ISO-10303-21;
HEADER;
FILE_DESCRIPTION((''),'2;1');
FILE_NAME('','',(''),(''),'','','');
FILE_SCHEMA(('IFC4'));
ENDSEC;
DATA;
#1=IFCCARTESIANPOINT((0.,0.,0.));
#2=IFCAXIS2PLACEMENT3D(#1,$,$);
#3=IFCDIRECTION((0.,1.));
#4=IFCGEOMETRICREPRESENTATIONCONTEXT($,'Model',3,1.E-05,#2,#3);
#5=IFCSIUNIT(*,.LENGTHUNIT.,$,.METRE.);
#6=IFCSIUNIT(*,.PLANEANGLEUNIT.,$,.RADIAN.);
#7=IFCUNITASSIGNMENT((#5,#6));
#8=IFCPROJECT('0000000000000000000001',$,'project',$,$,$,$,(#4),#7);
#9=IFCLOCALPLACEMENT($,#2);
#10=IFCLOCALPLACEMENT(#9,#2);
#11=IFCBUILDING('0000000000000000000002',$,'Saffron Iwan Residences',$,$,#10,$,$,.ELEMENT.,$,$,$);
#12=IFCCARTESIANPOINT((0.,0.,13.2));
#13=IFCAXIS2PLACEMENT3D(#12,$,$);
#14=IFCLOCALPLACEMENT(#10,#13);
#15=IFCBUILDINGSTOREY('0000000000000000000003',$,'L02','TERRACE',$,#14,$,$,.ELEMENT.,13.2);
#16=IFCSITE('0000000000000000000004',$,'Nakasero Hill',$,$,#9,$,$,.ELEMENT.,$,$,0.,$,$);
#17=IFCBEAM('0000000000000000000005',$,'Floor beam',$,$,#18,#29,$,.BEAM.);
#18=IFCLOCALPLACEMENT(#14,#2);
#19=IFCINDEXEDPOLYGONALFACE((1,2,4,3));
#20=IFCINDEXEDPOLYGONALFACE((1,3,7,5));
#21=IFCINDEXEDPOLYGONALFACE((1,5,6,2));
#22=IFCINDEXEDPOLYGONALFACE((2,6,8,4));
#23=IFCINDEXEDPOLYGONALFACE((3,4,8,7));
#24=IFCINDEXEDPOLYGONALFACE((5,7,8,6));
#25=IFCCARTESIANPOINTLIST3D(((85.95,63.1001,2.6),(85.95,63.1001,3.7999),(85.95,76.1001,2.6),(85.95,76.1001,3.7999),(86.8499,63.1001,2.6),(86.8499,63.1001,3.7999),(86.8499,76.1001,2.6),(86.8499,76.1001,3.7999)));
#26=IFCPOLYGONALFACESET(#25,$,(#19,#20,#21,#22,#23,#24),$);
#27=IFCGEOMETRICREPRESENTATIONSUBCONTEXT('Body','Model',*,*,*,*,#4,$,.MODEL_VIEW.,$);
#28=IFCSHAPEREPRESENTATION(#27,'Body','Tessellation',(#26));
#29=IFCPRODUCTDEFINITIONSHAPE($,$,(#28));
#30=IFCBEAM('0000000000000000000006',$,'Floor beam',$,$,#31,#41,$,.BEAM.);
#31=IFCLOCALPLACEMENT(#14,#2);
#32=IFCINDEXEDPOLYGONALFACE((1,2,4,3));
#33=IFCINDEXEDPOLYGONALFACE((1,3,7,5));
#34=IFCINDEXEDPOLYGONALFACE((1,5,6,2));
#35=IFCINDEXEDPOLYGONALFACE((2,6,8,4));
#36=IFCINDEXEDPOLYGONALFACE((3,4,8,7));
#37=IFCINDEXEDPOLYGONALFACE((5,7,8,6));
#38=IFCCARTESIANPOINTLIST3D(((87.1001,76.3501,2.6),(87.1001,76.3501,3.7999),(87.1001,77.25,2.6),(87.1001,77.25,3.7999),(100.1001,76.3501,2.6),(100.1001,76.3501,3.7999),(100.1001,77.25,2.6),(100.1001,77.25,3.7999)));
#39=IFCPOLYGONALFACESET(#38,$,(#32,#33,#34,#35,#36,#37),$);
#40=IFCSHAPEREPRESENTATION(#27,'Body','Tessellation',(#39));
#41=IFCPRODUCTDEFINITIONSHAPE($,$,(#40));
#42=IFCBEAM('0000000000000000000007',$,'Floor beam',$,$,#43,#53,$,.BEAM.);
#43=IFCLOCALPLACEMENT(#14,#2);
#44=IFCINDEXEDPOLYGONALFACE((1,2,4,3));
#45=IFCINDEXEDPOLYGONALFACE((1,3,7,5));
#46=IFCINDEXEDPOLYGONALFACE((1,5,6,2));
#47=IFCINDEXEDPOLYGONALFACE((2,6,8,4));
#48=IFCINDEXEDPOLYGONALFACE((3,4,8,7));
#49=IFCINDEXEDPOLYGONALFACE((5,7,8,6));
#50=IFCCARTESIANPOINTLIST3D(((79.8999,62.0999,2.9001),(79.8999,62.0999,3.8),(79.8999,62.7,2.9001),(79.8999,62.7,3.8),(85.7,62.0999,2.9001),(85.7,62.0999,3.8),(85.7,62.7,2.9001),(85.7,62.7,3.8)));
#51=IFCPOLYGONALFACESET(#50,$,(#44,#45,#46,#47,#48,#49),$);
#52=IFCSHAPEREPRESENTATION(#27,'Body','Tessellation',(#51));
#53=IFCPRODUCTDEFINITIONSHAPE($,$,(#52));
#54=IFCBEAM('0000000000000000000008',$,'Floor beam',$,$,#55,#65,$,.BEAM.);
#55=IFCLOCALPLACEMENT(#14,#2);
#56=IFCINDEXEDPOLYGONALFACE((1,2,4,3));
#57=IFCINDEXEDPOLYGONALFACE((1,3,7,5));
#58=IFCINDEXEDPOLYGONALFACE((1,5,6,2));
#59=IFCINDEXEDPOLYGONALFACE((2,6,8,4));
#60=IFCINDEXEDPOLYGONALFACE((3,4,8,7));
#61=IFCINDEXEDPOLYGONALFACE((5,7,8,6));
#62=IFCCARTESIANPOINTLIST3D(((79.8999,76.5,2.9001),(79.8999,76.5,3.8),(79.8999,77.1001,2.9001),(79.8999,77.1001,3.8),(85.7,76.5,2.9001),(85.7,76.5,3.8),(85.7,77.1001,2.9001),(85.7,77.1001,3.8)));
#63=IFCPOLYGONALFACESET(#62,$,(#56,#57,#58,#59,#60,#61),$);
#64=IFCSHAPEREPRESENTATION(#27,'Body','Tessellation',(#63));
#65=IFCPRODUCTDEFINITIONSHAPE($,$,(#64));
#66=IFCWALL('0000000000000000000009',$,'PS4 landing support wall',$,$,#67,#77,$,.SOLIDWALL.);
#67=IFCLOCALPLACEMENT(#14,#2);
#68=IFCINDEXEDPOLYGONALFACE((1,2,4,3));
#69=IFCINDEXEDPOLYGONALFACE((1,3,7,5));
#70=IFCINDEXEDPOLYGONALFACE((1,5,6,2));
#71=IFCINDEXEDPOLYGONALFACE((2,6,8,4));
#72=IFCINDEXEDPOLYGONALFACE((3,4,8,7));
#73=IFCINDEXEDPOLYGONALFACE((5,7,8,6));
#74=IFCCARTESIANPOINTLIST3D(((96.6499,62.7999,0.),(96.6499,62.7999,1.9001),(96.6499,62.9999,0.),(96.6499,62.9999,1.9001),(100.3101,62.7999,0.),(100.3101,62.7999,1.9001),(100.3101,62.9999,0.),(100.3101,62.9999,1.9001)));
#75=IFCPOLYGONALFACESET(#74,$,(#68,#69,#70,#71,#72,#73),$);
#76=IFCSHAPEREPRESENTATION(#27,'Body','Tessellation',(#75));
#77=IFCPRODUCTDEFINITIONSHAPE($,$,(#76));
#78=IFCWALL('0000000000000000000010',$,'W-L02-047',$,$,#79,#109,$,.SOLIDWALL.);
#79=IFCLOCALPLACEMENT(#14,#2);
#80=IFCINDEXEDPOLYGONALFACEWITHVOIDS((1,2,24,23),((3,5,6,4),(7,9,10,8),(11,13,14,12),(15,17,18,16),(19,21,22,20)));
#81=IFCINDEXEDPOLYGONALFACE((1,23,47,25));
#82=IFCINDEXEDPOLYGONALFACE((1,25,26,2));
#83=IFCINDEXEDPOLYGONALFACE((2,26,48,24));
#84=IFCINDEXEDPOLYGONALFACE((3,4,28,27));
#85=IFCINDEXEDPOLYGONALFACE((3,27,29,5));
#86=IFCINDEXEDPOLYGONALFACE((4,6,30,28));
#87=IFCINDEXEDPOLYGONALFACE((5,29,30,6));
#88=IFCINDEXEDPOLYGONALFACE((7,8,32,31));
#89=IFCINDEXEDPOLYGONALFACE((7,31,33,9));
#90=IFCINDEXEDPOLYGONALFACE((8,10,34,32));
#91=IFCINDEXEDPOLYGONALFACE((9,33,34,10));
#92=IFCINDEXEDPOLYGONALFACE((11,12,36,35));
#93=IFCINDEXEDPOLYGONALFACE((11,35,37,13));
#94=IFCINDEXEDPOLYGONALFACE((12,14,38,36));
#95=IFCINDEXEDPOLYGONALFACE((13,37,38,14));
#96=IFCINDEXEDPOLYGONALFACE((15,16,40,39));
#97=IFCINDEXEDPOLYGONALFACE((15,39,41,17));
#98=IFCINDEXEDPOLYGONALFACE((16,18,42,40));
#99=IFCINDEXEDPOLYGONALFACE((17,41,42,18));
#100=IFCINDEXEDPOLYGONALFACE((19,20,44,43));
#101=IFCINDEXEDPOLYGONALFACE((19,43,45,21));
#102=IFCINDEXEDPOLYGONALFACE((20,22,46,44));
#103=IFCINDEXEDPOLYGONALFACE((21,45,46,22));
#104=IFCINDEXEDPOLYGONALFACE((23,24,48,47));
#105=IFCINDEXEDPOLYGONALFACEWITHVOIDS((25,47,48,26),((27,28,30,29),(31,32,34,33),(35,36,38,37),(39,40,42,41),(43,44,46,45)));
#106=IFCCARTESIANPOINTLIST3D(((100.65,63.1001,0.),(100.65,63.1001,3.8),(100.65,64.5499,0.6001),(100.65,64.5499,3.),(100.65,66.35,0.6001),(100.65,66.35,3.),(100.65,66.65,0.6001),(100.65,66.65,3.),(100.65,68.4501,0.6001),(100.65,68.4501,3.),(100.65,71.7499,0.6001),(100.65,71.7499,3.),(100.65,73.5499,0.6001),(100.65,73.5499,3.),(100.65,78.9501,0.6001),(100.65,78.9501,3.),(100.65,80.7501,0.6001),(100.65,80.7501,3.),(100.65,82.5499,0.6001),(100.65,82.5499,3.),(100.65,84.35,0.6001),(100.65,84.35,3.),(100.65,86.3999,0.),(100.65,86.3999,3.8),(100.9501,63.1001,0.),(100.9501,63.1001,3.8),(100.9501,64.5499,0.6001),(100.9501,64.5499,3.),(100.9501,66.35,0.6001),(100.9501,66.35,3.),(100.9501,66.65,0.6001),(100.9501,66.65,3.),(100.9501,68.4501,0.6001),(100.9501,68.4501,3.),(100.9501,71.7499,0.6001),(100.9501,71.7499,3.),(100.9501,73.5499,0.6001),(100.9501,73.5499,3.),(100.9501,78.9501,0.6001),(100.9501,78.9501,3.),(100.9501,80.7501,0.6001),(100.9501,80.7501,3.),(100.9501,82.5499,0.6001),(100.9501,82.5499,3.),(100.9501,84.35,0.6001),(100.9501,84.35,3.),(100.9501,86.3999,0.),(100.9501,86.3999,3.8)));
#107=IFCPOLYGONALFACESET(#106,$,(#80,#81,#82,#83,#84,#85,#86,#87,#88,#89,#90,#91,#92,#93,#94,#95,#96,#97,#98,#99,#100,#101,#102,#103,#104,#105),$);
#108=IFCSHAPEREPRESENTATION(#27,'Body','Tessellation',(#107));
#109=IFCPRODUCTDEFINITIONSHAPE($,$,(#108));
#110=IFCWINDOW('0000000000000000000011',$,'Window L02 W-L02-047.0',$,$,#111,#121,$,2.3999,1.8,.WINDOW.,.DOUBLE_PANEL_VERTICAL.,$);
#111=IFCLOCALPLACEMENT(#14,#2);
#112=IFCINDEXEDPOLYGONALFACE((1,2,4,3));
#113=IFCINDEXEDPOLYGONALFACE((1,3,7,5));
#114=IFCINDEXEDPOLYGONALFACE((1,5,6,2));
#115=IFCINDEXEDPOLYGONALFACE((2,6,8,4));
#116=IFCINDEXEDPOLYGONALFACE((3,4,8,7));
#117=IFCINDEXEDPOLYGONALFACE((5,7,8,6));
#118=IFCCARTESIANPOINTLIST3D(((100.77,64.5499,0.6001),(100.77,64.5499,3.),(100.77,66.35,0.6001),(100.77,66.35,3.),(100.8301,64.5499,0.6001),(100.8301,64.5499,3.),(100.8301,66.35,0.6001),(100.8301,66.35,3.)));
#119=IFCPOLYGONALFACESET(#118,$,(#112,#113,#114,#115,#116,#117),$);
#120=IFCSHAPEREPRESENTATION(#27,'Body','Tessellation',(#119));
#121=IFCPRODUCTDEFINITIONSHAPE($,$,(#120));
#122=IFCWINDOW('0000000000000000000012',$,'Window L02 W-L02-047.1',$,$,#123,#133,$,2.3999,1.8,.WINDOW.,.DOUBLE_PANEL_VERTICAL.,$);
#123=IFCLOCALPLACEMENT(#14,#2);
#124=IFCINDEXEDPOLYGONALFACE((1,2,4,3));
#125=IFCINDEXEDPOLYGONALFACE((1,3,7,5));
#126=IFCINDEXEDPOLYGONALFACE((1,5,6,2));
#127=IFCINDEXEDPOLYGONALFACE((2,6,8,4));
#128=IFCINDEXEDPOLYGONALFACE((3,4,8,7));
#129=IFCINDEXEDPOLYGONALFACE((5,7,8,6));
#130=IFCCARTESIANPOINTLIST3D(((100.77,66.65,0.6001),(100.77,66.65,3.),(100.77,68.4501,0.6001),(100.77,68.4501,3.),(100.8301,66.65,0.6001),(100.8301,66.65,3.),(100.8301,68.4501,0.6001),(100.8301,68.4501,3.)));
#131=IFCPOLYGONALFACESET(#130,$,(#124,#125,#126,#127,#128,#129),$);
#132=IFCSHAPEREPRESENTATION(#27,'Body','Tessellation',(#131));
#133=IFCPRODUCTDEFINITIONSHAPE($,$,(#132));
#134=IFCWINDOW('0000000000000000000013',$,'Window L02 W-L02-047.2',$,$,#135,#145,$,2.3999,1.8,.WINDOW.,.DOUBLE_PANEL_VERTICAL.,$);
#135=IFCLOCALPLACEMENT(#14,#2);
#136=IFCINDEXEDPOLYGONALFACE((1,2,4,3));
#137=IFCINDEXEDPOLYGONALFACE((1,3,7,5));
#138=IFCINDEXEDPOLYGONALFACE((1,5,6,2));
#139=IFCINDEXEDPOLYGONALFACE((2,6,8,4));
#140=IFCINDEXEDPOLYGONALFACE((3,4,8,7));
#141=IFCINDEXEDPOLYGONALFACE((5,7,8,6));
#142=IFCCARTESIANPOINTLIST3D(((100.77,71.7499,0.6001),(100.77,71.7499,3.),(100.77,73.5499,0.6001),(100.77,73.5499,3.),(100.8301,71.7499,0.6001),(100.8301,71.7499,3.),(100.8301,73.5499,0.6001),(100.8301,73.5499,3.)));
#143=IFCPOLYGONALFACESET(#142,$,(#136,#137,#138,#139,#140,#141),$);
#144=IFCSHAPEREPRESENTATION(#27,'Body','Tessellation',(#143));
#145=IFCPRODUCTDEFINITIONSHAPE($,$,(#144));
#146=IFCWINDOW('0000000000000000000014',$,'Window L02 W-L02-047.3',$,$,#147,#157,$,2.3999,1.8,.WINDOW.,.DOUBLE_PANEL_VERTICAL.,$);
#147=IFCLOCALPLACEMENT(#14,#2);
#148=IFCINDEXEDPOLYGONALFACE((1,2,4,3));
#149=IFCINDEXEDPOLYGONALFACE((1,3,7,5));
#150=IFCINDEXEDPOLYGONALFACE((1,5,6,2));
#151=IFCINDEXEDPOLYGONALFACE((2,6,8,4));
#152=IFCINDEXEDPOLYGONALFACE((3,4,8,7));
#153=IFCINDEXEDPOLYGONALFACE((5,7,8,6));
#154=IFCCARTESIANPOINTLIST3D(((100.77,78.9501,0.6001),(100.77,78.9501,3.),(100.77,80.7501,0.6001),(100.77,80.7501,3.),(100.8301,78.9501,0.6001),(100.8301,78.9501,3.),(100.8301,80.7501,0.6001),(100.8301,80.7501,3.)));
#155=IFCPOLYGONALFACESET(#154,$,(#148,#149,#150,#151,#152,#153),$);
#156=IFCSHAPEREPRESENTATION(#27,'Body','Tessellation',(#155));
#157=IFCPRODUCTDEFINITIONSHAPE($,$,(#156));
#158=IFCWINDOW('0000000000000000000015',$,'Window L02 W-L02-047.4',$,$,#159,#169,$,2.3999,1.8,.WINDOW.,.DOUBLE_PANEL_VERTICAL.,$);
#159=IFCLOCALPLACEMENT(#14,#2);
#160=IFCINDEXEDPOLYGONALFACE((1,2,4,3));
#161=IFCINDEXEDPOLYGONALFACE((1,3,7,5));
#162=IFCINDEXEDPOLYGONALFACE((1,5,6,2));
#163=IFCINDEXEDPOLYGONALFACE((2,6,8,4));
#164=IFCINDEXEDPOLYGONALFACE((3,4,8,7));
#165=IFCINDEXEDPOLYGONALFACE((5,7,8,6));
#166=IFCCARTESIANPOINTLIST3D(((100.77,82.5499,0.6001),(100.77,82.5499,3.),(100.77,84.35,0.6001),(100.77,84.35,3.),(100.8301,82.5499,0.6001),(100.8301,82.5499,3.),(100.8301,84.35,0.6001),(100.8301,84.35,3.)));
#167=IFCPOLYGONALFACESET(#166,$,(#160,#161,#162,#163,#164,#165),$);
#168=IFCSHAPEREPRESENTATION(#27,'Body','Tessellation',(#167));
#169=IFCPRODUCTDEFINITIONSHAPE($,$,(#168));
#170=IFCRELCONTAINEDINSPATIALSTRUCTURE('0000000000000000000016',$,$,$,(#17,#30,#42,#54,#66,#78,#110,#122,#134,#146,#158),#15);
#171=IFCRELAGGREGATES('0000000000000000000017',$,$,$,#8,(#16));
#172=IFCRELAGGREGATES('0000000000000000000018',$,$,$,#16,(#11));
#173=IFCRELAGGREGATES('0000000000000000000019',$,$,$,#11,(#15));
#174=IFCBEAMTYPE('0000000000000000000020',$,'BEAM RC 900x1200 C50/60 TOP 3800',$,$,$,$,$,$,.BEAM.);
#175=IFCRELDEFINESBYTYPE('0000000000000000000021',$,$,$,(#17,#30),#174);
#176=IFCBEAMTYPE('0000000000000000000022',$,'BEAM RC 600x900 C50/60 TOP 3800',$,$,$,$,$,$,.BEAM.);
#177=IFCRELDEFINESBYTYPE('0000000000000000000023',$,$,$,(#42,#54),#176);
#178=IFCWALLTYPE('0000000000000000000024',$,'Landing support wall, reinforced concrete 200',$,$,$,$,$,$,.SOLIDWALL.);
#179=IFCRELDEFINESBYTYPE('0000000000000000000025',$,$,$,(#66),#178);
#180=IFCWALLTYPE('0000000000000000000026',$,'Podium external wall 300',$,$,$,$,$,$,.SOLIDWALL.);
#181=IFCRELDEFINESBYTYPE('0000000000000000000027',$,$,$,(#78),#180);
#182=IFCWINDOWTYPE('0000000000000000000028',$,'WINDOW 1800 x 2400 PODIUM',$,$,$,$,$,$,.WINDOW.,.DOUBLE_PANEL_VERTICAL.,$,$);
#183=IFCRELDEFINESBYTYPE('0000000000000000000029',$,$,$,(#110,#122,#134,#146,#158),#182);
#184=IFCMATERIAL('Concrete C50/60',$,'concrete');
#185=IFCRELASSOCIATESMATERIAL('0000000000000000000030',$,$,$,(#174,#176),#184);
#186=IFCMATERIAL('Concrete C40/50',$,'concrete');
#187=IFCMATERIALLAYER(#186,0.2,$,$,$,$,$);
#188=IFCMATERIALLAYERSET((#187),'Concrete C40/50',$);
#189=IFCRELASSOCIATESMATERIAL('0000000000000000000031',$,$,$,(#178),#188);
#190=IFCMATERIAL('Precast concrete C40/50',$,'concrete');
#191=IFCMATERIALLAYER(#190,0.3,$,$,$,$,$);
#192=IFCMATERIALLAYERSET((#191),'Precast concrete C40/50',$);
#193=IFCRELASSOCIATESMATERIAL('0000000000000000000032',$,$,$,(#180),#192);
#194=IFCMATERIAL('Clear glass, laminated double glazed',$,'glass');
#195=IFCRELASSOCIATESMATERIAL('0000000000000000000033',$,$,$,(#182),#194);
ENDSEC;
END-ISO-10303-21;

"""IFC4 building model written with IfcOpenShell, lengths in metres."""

from ifc_helpers import new_model, si_unit, direction, frame, frame_2d, origin, origin_2d, place, context, subcontext, project, spatial, rectangle, extrude, source, transform, mapped, material, layer, layer_set, material_profile, profile_set, type_object, element, fill, save


model = new_model("IFC4")

# Units and contexts
model_context = context("Model", 3, precision=1e-05, world=origin(), true_north=direction((0.0, 1.0)))
body_context = subcontext(model_context, "Body", "Model", "MODEL_VIEW")
ifc_project = project(units=[si_unit("LENGTHUNIT", "METRE"), si_unit("PLANEANGLEUNIT", "RADIAN")], contexts=[model_context])

# Site, building, storey
site_placement = place(None, origin())
site = spatial("IfcSite", under=ifc_project, at=site_placement, Name="Nakasero Hill", CompositionType="ELEMENT", RefElevation=0.0)
building_placement = place(site_placement, origin())
building = spatial("IfcBuilding", under=site, at=building_placement, Name="Saffron Iwan Residences", CompositionType="ELEMENT")
storey_placement = place(building_placement, frame((0.0, 0.0, 13.2)))
storey = spatial("IfcBuildingStorey", under=building, at=storey_placement, Name="L02", Description="TERRACE", CompositionType="ELEMENT", Elevation=13.2)

# Shared definitions
ifc_material_1 = material(Name="Concrete C50/60", Category="concrete")

# Beams
ifc_material_profile_1 = material_profile(ifc_material_1, rectangle(XDim=0.8999, YDim=1.2, at=origin_2d()), Name="RC 900x1200")
ifc_profile_set_1 = profile_set([ifc_material_profile_1], Name="Concrete C50/60")
beam_type_1 = type_object("IfcBeamType", Name="BEAM RC 900x1200 C50/60 TOP 3800", PredefinedType="BEAM", material=ifc_profile_set_1)
shared_shape_1 = source(origin(), body_context, "Body", "SweptSolid", [
    extrude(rectangle(XDim=0.8999, YDim=1.2, at=origin_2d()), origin(), (0.0, 0.0, 1.0), 13.0),
])
for number, where, z_axis, x_axis, name in (
    (1, (86.3999, 63.1001, 3.2), (0.0, 1.0, 0.0), (-1.0, 0.0, 0.0), "Floor beam"),
    (2, (87.1001, 76.8, 3.2), (1.0, 0.0, 0.0), (0.0, 1.0, 0.0), "Floor beam"),
):
    element("IfcBeam", number, at=place(storey_placement, frame(where, z_axis=z_axis, x_axis=x_axis)), inside=storey, type_object=beam_type_1, Name=name, PredefinedType="BEAM", context=body_context, shape_type="MappedRepresentation", body=[
        mapped(shared_shape_1, transform((0.0, 0.0, 0.0))),
    ])
ifc_material_profile_2 = material_profile(ifc_material_1, rectangle(XDim=0.6001, YDim=0.8999, at=origin_2d()), Name="RC 600x900")
ifc_profile_set_2 = profile_set([ifc_material_profile_2], Name="Concrete C50/60")
beam_type_2 = type_object("IfcBeamType", Name="BEAM RC 600x900 C50/60 TOP 3800", PredefinedType="BEAM", material=ifc_profile_set_2)
shared_shape_2 = source(origin(), body_context, "Body", "SweptSolid", [
    extrude(rectangle(XDim=0.6001, YDim=0.8999, at=origin_2d()), origin(), (0.0, 0.0, 1.0), 5.8),
])
for number, where, z_axis, x_axis, name in (
    (3, (79.8999, 62.3999, 3.3501), (1.0, 0.0, 0.0), (0.0, 1.0, 0.0), "Floor beam"),
    (4, (79.8999, 76.8, 3.3501), (1.0, 0.0, 0.0), (0.0, 1.0, 0.0), "Floor beam"),
):
    element("IfcBeam", number, at=place(storey_placement, frame(where, z_axis=z_axis, x_axis=x_axis)), inside=storey, type_object=beam_type_2, Name=name, PredefinedType="BEAM", context=body_context, shape_type="MappedRepresentation", body=[
        mapped(shared_shape_2, transform((0.0, 0.0, 0.0))),
    ])

# Wall
ifc_material_2 = material(Name="Concrete C40/50", Category="concrete")
ifc_layer_1 = layer(ifc_material_2, 0.2)
ifc_layer_set_1 = layer_set([ifc_layer_1], Name="Concrete C40/50")
wall_type_1 = type_object("IfcWallType", Name="Landing support wall, reinforced concrete 200", PredefinedType="SOLIDWALL", material=ifc_layer_set_1)
wall_1_placement = place(storey_placement, frame((96.6499, 62.8999, 0.0), z_axis=(0.0, 0.0, 1.0), x_axis=(1.0, 0.0, 0.0)))
element("IfcWall", 5, at=wall_1_placement, inside=storey, type_object=wall_type_1, Name="PS4 landing support wall", PredefinedType="SOLIDWALL", context=body_context, shape_type="SweptSolid", body=[
    extrude(rectangle(XDim=3.6602, YDim=0.2, at=frame_2d((1.8301, 0.0))), origin(), (0.0, 0.0, 1.0), 1.9001),
])

# Wall, openings, windows
ifc_material_3 = material(Name="Precast concrete C40/50", Category="concrete")
ifc_layer_2 = layer(ifc_material_3, 0.3)
ifc_layer_set_2 = layer_set([ifc_layer_2], Name="Precast concrete C40/50")
wall_type_2 = type_object("IfcWallType", Name="Podium external wall 300", PredefinedType="SOLIDWALL", material=ifc_layer_set_2)
wall_2_placement = place(storey_placement, frame((100.8, 63.1001, 0.0), z_axis=(0.0, 0.0, 1.0), x_axis=(0.0, 1.0, 0.0)))
wall_2 = element("IfcWall", 6, at=wall_2_placement, inside=storey, type_object=wall_type_2, Name="W-L02-047", PredefinedType="SOLIDWALL", context=body_context, shape_type="SweptSolid", body=[
    extrude(rectangle(XDim=23.2998, YDim=0.3, at=frame_2d((11.6499, 0.0))), origin(), (0.0, 0.0, 1.0), 3.8),
])
opening_1_placement = place(wall_2_placement, frame((1.45, 0.0, 0.6001)))
opening_1 = element("IfcOpeningElement", 7, at=opening_1_placement, cuts=wall_2, PredefinedType="OPENING", context=body_context, shape_type="SweptSolid", body=[
    extrude(rectangle(XDim=1.8, YDim=2.3999, at=frame_2d((0.8999, 1.2))), frame((0.0, 0.1602, 0.0), z_axis=(0.0, -1.0, 0.0), x_axis=(1.0, 0.0, 0.0)), (0.0, 0.0, 1.0), 0.3201),
])
opening_2_placement = place(wall_2_placement, frame((3.55, 0.0, 0.6001)))
opening_2 = element("IfcOpeningElement", 8, at=opening_2_placement, cuts=wall_2, PredefinedType="OPENING", context=body_context, shape_type="SweptSolid", body=[
    extrude(rectangle(XDim=1.8, YDim=2.3999, at=frame_2d((0.8999, 1.2))), frame((0.0, 0.1602, 0.0), z_axis=(0.0, -1.0, 0.0), x_axis=(1.0, 0.0, 0.0)), (0.0, 0.0, 1.0), 0.3201),
])
opening_3_placement = place(wall_2_placement, frame((8.6499, 0.0, 0.6001)))
opening_3 = element("IfcOpeningElement", 9, at=opening_3_placement, cuts=wall_2, PredefinedType="OPENING", context=body_context, shape_type="SweptSolid", body=[
    extrude(rectangle(XDim=1.8, YDim=2.3999, at=frame_2d((0.8999, 1.2))), frame((0.0, 0.1602, 0.0), z_axis=(0.0, -1.0, 0.0), x_axis=(1.0, 0.0, 0.0)), (0.0, 0.0, 1.0), 0.3201),
])
opening_4_placement = place(wall_2_placement, frame((15.8501, 0.0, 0.6001)))
opening_4 = element("IfcOpeningElement", 10, at=opening_4_placement, cuts=wall_2, PredefinedType="OPENING", context=body_context, shape_type="SweptSolid", body=[
    extrude(rectangle(XDim=1.8, YDim=2.3999, at=frame_2d((0.8999, 1.2))), frame((0.0, 0.1602, 0.0), z_axis=(0.0, -1.0, 0.0), x_axis=(1.0, 0.0, 0.0)), (0.0, 0.0, 1.0), 0.3201),
])
opening_5_placement = place(wall_2_placement, frame((19.45, 0.0, 0.6001)))
opening_5 = element("IfcOpeningElement", 11, at=opening_5_placement, cuts=wall_2, PredefinedType="OPENING", context=body_context, shape_type="SweptSolid", body=[
    extrude(rectangle(XDim=1.8, YDim=2.3999, at=frame_2d((0.8999, 1.2))), frame((0.0, 0.1602, 0.0), z_axis=(0.0, -1.0, 0.0), x_axis=(1.0, 0.0, 0.0)), (0.0, 0.0, 1.0), 0.3201),
])
ifc_material_4 = material(Name="Clear glass, laminated double glazed", Category="glass")
window_type = type_object("IfcWindowType", Name="WINDOW 1800 x 2400 PODIUM", PartitioningType="DOUBLE_PANEL_VERTICAL", PredefinedType="WINDOW", material=ifc_material_4)
window_1_placement = place(opening_1_placement, origin())
window_1 = element("IfcWindow", 12, at=window_1_placement, inside=storey, type_object=window_type, Name="Window L02 W-L02-047.0", OverallHeight=2.3999, OverallWidth=1.8, PartitioningType="DOUBLE_PANEL_VERTICAL", PredefinedType="WINDOW", context=body_context, shape_type="SweptSolid", body=[
    extrude(rectangle(XDim=1.8, YDim=2.3999, at=frame_2d((0.8999, 1.2))), frame((0.0, 0.03, 0.0), z_axis=(0.0, -1.0, 0.0), x_axis=(1.0, 0.0, 0.0)), (0.0, 0.0, 1.0), 0.0601),
])
fill(opening_1, window_1)
window_2_placement = place(opening_2_placement, origin())
window_2 = element("IfcWindow", 13, at=window_2_placement, inside=storey, type_object=window_type, Name="Window L02 W-L02-047.1", OverallHeight=2.3999, OverallWidth=1.8, PartitioningType="DOUBLE_PANEL_VERTICAL", PredefinedType="WINDOW", context=body_context, shape_type="SweptSolid", body=[
    extrude(rectangle(XDim=1.8, YDim=2.3999, at=frame_2d((0.8999, 1.2))), frame((0.0, 0.03, 0.0), z_axis=(0.0, -1.0, 0.0), x_axis=(1.0, 0.0, 0.0)), (0.0, 0.0, 1.0), 0.0601),
])
fill(opening_2, window_2)
window_3_placement = place(opening_3_placement, origin())
window_3 = element("IfcWindow", 14, at=window_3_placement, inside=storey, type_object=window_type, Name="Window L02 W-L02-047.2", OverallHeight=2.3999, OverallWidth=1.8, PartitioningType="DOUBLE_PANEL_VERTICAL", PredefinedType="WINDOW", context=body_context, shape_type="SweptSolid", body=[
    extrude(rectangle(XDim=1.8, YDim=2.3999, at=frame_2d((0.8999, 1.2))), frame((0.0, 0.03, 0.0), z_axis=(0.0, -1.0, 0.0), x_axis=(1.0, 0.0, 0.0)), (0.0, 0.0, 1.0), 0.0601),
])
fill(opening_3, window_3)
window_4_placement = place(opening_4_placement, origin())
window_4 = element("IfcWindow", 15, at=window_4_placement, inside=storey, type_object=window_type, Name="Window L02 W-L02-047.3", OverallHeight=2.3999, OverallWidth=1.8, PartitioningType="DOUBLE_PANEL_VERTICAL", PredefinedType="WINDOW", context=body_context, shape_type="SweptSolid", body=[
    extrude(rectangle(XDim=1.8, YDim=2.3999, at=frame_2d((0.8999, 1.2))), frame((0.0, 0.03, 0.0), z_axis=(0.0, -1.0, 0.0), x_axis=(1.0, 0.0, 0.0)), (0.0, 0.0, 1.0), 0.0601),
])
fill(opening_4, window_4)
window_5_placement = place(opening_5_placement, origin())
window_5 = element("IfcWindow", 16, at=window_5_placement, inside=storey, type_object=window_type, Name="Window L02 W-L02-047.4", OverallHeight=2.3999, OverallWidth=1.8, PartitioningType="DOUBLE_PANEL_VERTICAL", PredefinedType="WINDOW", context=body_context, shape_type="SweptSolid", body=[
    extrude(rectangle(XDim=1.8, YDim=2.3999, at=frame_2d((0.8999, 1.2))), frame((0.0, 0.03, 0.0), z_axis=(0.0, -1.0, 0.0), x_axis=(1.0, 0.0, 0.0)), (0.0, 0.0, 1.0), 0.0601),
])
fill(opening_5, window_5)

save(model, "model.ifc")
